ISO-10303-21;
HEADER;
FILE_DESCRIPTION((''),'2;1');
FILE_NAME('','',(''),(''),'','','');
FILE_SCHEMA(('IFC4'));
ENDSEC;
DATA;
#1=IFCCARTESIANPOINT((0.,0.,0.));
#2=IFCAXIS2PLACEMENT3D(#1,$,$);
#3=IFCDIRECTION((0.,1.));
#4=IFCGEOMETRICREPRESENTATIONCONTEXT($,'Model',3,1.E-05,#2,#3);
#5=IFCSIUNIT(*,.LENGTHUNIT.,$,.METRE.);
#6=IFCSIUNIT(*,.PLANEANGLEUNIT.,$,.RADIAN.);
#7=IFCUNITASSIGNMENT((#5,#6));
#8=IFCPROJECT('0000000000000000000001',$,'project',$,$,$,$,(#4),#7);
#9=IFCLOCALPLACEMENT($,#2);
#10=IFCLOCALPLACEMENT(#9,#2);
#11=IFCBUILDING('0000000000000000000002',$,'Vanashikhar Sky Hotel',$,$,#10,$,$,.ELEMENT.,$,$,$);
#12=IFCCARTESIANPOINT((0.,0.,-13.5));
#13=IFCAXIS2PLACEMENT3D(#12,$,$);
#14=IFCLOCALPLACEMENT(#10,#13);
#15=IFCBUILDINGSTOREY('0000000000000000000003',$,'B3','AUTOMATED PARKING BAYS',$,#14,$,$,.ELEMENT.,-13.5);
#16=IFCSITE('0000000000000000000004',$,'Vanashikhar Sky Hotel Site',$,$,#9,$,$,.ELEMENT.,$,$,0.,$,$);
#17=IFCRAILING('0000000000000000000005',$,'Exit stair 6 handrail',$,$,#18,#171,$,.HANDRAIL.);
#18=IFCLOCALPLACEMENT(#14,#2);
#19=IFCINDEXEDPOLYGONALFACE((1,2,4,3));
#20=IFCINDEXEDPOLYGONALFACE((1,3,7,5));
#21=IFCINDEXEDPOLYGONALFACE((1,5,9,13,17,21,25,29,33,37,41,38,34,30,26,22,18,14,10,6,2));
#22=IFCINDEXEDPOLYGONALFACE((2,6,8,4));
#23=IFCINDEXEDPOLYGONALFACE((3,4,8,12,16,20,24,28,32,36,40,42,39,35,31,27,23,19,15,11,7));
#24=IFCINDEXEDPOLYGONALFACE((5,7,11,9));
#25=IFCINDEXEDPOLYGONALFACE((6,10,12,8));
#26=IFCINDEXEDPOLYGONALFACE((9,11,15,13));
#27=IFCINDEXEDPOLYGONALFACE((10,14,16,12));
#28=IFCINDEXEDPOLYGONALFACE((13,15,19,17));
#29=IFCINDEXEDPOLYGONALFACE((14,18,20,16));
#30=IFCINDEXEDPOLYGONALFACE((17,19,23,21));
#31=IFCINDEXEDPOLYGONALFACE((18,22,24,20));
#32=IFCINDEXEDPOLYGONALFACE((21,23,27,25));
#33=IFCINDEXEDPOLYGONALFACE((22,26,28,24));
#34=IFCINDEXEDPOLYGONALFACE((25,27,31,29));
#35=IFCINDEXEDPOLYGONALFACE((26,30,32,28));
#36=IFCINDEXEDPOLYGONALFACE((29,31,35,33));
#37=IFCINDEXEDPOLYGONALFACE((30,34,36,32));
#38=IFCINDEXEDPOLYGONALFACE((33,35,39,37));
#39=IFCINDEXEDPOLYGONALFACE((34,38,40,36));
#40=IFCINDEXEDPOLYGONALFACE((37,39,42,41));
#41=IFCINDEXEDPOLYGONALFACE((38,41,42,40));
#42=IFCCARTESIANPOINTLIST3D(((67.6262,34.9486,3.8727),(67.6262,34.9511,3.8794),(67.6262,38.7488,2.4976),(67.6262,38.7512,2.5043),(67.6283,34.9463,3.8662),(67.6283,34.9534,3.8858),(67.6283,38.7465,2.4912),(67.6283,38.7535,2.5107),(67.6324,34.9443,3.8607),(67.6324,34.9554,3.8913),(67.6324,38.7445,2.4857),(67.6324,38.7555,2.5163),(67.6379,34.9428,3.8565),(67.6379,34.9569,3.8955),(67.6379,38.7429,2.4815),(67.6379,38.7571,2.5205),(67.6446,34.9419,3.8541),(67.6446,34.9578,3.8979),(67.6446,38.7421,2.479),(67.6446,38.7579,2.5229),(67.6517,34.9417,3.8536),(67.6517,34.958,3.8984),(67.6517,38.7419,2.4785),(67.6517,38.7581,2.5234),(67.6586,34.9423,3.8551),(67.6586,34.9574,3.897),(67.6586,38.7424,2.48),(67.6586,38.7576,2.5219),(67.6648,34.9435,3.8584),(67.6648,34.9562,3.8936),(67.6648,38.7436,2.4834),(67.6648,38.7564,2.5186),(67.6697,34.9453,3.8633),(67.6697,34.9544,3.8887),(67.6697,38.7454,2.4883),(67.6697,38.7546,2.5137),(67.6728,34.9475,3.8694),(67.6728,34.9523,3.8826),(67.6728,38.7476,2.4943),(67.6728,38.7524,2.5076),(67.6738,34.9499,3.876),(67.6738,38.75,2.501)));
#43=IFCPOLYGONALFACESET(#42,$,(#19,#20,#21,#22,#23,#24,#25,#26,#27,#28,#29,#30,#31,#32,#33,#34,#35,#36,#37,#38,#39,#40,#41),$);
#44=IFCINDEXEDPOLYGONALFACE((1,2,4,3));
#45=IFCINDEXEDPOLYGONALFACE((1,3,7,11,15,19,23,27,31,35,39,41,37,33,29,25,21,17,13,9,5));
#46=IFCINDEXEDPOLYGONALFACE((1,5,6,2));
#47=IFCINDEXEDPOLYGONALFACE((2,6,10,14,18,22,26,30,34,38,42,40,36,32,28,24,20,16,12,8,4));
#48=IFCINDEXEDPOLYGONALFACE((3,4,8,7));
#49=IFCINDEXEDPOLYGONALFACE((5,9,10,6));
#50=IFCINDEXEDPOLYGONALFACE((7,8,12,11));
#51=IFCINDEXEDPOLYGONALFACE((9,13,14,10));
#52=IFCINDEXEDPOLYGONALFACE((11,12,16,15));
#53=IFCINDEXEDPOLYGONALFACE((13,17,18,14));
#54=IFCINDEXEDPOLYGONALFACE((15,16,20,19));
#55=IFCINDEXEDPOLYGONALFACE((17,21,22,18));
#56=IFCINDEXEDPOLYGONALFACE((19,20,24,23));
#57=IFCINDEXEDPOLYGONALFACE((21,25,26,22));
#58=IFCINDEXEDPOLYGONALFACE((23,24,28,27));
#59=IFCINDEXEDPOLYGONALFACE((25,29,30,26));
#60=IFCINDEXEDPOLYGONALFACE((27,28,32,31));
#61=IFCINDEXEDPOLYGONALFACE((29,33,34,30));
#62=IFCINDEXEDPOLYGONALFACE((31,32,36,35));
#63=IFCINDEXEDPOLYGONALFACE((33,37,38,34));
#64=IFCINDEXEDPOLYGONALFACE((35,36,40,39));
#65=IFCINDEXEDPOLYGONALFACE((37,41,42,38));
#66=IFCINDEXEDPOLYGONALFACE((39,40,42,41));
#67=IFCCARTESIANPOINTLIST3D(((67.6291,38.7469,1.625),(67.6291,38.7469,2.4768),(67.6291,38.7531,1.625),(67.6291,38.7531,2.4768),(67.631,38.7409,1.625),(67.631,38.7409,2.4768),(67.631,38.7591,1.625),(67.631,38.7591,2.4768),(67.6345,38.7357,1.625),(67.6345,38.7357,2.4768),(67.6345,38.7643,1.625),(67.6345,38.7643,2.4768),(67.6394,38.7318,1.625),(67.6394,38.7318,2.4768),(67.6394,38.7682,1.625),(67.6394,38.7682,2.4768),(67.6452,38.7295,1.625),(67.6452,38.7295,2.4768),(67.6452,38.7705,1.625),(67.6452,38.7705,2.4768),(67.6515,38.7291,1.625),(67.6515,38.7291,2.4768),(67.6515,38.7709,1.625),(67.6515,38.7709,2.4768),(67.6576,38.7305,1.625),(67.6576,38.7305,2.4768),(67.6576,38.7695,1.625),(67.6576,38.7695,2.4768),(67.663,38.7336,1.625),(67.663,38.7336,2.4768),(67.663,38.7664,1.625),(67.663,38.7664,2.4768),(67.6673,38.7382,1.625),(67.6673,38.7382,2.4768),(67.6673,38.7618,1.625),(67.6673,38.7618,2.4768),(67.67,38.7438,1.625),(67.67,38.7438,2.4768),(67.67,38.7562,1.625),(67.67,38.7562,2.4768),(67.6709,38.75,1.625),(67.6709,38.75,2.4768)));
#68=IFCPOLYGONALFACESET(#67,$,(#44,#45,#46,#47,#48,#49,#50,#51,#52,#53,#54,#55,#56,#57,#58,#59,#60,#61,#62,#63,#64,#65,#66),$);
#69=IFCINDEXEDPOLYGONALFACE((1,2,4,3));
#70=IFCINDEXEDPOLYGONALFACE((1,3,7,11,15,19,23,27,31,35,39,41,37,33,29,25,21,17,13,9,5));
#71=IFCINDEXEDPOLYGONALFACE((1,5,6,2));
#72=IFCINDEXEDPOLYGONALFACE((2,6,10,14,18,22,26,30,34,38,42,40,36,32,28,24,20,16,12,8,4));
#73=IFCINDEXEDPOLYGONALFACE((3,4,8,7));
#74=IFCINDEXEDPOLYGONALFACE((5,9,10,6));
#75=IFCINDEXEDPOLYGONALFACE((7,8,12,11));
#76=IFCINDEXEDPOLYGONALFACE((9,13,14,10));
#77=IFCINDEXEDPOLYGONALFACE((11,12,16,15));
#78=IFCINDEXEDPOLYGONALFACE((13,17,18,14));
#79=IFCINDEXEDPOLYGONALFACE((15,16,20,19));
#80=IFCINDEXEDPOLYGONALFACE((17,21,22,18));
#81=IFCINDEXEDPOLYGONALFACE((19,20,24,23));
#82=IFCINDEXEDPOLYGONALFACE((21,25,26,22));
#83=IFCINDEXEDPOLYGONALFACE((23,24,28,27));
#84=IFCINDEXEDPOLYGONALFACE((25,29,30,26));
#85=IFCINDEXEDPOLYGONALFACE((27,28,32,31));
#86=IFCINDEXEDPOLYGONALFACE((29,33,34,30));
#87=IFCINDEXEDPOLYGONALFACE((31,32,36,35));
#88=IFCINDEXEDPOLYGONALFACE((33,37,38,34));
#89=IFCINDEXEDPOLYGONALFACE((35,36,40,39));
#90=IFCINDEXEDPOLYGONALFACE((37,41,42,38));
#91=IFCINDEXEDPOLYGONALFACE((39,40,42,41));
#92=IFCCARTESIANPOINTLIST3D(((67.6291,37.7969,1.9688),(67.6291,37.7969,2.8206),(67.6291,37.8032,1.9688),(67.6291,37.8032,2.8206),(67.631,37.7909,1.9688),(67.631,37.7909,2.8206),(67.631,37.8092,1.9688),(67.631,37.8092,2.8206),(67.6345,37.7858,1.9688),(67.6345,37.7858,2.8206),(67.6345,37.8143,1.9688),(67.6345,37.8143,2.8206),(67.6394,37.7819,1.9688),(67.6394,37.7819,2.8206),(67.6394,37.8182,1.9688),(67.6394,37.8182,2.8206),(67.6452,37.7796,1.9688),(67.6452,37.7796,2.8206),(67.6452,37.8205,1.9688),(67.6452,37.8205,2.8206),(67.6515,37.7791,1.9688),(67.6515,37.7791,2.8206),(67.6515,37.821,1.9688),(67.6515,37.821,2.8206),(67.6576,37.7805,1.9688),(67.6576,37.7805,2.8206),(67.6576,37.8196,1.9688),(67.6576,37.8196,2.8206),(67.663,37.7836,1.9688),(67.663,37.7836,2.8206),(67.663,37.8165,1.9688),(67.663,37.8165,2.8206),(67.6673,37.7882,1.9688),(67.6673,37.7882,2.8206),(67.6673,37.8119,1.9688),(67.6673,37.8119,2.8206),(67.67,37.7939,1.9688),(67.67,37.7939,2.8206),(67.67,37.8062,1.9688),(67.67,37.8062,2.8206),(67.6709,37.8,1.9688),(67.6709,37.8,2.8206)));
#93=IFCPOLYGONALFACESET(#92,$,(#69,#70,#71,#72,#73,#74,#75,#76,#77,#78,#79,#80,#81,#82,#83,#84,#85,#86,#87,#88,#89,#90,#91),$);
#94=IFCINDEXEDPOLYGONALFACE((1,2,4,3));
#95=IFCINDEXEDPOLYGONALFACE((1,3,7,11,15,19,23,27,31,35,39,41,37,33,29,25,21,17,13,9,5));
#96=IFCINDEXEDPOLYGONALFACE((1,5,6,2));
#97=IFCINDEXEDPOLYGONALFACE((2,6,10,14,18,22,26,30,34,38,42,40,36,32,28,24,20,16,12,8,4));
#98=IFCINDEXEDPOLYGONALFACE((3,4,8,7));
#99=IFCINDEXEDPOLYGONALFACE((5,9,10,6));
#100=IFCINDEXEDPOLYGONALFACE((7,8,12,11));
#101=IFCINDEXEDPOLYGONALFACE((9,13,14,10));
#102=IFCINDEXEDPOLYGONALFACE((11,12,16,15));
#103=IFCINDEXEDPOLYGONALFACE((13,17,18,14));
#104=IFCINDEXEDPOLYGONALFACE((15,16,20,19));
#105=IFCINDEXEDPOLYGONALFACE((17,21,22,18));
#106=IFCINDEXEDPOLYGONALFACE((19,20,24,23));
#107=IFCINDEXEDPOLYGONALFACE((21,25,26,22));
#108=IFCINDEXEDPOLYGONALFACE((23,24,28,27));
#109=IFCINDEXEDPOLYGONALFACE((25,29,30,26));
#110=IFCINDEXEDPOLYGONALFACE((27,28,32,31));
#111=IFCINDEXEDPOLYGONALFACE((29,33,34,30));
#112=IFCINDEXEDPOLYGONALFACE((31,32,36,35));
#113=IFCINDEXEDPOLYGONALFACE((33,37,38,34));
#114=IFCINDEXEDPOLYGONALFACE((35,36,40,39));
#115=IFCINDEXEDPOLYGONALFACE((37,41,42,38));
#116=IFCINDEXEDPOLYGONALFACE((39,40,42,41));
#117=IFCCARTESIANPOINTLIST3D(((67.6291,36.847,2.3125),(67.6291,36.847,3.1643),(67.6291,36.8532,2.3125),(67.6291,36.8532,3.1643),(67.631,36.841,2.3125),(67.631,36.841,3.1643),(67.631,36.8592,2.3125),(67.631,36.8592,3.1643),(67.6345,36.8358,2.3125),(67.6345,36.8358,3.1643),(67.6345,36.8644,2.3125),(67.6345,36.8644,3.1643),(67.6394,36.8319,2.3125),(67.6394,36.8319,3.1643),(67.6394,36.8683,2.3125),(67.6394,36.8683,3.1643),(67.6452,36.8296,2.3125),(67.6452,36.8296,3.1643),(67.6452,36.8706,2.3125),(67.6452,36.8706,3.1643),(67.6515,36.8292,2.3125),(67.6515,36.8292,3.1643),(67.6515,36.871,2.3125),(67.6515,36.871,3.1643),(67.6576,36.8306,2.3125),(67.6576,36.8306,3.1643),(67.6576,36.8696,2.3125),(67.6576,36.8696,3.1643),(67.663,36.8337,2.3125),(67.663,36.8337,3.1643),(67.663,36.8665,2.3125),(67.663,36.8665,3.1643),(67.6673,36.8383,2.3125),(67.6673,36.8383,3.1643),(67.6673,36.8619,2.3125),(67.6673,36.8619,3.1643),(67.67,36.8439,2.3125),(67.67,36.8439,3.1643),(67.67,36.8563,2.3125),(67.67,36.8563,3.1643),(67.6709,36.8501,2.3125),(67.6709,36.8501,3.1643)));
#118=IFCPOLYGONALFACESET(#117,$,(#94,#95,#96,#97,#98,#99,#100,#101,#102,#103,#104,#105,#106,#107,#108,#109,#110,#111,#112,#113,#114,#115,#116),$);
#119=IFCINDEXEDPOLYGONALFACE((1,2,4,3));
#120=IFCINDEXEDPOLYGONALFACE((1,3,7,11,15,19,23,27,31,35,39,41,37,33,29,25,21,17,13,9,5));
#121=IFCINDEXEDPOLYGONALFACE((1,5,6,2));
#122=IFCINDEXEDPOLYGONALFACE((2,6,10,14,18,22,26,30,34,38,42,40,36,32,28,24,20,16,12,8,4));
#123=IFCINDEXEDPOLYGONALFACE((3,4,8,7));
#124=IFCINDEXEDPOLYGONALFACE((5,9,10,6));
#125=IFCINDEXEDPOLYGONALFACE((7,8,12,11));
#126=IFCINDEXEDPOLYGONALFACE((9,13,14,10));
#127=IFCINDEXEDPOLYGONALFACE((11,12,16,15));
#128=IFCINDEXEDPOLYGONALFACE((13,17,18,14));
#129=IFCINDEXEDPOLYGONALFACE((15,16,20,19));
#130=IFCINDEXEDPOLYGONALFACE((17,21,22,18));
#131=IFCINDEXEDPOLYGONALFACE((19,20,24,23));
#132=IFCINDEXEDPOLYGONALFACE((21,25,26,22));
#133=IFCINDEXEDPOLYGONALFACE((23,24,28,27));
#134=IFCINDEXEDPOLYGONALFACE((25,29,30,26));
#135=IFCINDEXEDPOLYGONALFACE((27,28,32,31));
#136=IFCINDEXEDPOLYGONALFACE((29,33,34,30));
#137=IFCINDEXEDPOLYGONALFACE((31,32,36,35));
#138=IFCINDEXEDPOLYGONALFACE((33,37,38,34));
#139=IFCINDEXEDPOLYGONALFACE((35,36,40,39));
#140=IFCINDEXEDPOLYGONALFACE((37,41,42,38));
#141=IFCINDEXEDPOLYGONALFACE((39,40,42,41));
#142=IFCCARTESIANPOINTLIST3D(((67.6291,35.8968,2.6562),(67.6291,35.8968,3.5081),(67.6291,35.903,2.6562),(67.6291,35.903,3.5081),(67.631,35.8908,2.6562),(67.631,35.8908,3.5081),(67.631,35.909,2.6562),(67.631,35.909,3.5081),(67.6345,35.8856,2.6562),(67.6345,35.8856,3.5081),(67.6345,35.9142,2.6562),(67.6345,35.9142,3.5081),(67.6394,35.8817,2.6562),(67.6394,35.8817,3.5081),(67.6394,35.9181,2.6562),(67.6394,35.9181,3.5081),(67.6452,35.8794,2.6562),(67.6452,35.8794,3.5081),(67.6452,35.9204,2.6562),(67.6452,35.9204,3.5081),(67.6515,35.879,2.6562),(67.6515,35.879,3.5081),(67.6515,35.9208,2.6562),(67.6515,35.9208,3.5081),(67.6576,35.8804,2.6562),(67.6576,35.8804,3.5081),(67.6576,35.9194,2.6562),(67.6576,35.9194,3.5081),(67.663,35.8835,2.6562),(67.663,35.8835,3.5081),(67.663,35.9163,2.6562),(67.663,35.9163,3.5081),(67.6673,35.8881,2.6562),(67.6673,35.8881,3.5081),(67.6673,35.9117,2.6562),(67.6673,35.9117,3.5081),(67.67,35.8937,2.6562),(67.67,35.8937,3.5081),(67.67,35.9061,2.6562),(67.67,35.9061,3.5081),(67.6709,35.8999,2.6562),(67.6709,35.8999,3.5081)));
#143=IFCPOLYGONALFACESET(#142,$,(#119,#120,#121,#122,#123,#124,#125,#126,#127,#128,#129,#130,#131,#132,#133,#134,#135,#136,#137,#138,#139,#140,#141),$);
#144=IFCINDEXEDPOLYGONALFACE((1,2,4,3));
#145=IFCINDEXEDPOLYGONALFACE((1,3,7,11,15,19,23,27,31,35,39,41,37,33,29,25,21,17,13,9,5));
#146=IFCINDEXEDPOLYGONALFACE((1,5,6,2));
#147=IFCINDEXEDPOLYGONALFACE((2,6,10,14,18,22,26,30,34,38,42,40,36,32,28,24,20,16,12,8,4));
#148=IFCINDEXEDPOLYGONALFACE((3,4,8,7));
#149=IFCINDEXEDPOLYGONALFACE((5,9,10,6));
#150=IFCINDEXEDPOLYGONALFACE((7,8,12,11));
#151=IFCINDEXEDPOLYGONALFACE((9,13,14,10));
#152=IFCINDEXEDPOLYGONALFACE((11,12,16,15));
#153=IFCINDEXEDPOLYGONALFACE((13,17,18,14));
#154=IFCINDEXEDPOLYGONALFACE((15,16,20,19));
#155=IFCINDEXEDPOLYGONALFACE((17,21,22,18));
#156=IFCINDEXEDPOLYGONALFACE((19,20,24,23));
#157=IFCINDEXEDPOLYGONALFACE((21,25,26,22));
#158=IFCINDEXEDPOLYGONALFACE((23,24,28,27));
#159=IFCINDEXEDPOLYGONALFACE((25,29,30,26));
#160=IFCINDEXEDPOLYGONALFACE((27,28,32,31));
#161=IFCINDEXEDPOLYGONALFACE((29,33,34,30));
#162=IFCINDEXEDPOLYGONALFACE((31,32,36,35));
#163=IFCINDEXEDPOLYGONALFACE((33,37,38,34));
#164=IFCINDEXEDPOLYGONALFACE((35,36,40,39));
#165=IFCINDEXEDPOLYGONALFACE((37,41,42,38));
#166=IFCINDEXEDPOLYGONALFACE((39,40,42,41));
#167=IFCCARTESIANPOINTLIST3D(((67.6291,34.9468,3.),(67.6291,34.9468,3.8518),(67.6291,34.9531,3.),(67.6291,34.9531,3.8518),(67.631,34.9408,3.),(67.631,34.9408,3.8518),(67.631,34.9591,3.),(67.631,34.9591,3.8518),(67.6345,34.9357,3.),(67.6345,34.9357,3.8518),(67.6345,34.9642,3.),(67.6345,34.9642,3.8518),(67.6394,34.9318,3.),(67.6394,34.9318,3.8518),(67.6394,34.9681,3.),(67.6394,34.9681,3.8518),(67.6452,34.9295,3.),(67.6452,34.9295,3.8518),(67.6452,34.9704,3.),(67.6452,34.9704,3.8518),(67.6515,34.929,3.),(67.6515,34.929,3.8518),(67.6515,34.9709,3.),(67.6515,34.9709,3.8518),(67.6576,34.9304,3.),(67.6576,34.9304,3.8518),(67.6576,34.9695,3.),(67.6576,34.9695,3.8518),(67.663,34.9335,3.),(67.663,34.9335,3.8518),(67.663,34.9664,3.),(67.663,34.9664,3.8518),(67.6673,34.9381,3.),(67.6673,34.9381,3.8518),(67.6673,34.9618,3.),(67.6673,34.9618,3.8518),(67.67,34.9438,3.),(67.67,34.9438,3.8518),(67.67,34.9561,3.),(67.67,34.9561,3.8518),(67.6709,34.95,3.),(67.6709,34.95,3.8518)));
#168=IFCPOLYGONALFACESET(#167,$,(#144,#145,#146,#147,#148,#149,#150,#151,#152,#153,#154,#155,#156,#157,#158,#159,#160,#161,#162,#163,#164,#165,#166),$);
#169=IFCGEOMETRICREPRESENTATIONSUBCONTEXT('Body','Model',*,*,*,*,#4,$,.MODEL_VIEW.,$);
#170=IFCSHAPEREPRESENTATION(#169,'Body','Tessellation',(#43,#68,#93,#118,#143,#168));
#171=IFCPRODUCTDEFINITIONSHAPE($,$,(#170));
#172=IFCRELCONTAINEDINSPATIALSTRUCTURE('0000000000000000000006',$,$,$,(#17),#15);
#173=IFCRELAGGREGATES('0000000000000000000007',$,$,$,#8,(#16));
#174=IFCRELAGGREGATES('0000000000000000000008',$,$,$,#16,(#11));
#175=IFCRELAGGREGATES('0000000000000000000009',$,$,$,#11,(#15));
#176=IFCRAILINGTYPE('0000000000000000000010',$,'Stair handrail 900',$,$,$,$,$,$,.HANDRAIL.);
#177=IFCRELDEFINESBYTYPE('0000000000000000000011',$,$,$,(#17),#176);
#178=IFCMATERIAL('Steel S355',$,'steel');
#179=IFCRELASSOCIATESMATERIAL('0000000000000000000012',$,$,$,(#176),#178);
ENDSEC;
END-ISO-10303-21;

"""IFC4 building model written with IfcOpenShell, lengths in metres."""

from ifc_helpers import new_model, si_unit, direction, frame, origin, origin_2d, place, context, subcontext, project, spatial, circle, extrude, source, transform, mapped, material, type_object, element, save


model = new_model("IFC4")

# Units and contexts
model_context = context("Model", 3, precision=1e-05, world=origin(), true_north=direction((0.0, 1.0)))
body_context = subcontext(model_context, "Body", "Model", "MODEL_VIEW")
ifc_project = project(units=[si_unit("LENGTHUNIT", "METRE"), si_unit("PLANEANGLEUNIT", "RADIAN")], contexts=[model_context])

# Site, building, storey
site_placement = place(None, origin())
site = spatial("IfcSite", under=ifc_project, at=site_placement, Name="Vanashikhar Sky Hotel Site", CompositionType="ELEMENT", RefElevation=0.0)
building_placement = place(site_placement, origin())
building = spatial("IfcBuilding", under=site, at=building_placement, Name="Vanashikhar Sky Hotel", CompositionType="ELEMENT")
storey_placement = place(building_placement, frame((0.0, 0.0, -13.5)))
storey = spatial("IfcBuildingStorey", under=building, at=storey_placement, Name="B3", Description="AUTOMATED PARKING BAYS", CompositionType="ELEMENT", Elevation=-13.5)

# Railing
ifc_material_1 = material(Name="Steel S355", Category="steel")
railing_type_1 = type_object("IfcRailingType", Name="Stair handrail 900", PredefinedType="HANDRAIL", material=ifc_material_1)
shared_shape_1 = source(origin(), body_context, "Body", "SweptSolid", [
    extrude(circle(Radius=0.0239, at=origin_2d()), frame((0.0, 0.0, 0.876), z_axis=(0.0, -0.940336, 0.340249), x_axis=(1.0, 0.0, 0.0)), (0.0, 0.0, 1.0), 4.0413),
    extrude(circle(Radius=0.021, at=origin_2d()), origin(), (0.0, 0.0, 1.0), 0.8518),
    extrude(circle(Radius=0.021, at=origin_2d()), frame((0.0, -0.95, 0.3438)), (0.0, 0.0, 1.0), 0.8518),
    extrude(circle(Radius=0.021, at=origin_2d()), frame((0.0, -1.8999, 0.6875)), (0.0, 0.0, 1.0), 0.8518),
    extrude(circle(Radius=0.021, at=origin_2d()), frame((0.0, -2.8501, 1.0312)), (0.0, 0.0, 1.0), 0.8518),
    extrude(circle(Radius=0.021, at=origin_2d()), frame((0.0, -3.8, 1.375)), (0.0, 0.0, 1.0), 0.8518),
])
railing_1_placement = place(storey_placement, frame((67.6499, 38.75, 1.625)))
element("IfcRailing", 1, at=railing_1_placement, inside=storey, type_object=railing_type_1, Name="Exit stair 6 handrail", PredefinedType="HANDRAIL", context=body_context, shape_type="MappedRepresentation", body=[
    mapped(shared_shape_1, transform((0.0, 0.0, 0.0), scale=1.0)),
])

save(model, "model.ifc")
